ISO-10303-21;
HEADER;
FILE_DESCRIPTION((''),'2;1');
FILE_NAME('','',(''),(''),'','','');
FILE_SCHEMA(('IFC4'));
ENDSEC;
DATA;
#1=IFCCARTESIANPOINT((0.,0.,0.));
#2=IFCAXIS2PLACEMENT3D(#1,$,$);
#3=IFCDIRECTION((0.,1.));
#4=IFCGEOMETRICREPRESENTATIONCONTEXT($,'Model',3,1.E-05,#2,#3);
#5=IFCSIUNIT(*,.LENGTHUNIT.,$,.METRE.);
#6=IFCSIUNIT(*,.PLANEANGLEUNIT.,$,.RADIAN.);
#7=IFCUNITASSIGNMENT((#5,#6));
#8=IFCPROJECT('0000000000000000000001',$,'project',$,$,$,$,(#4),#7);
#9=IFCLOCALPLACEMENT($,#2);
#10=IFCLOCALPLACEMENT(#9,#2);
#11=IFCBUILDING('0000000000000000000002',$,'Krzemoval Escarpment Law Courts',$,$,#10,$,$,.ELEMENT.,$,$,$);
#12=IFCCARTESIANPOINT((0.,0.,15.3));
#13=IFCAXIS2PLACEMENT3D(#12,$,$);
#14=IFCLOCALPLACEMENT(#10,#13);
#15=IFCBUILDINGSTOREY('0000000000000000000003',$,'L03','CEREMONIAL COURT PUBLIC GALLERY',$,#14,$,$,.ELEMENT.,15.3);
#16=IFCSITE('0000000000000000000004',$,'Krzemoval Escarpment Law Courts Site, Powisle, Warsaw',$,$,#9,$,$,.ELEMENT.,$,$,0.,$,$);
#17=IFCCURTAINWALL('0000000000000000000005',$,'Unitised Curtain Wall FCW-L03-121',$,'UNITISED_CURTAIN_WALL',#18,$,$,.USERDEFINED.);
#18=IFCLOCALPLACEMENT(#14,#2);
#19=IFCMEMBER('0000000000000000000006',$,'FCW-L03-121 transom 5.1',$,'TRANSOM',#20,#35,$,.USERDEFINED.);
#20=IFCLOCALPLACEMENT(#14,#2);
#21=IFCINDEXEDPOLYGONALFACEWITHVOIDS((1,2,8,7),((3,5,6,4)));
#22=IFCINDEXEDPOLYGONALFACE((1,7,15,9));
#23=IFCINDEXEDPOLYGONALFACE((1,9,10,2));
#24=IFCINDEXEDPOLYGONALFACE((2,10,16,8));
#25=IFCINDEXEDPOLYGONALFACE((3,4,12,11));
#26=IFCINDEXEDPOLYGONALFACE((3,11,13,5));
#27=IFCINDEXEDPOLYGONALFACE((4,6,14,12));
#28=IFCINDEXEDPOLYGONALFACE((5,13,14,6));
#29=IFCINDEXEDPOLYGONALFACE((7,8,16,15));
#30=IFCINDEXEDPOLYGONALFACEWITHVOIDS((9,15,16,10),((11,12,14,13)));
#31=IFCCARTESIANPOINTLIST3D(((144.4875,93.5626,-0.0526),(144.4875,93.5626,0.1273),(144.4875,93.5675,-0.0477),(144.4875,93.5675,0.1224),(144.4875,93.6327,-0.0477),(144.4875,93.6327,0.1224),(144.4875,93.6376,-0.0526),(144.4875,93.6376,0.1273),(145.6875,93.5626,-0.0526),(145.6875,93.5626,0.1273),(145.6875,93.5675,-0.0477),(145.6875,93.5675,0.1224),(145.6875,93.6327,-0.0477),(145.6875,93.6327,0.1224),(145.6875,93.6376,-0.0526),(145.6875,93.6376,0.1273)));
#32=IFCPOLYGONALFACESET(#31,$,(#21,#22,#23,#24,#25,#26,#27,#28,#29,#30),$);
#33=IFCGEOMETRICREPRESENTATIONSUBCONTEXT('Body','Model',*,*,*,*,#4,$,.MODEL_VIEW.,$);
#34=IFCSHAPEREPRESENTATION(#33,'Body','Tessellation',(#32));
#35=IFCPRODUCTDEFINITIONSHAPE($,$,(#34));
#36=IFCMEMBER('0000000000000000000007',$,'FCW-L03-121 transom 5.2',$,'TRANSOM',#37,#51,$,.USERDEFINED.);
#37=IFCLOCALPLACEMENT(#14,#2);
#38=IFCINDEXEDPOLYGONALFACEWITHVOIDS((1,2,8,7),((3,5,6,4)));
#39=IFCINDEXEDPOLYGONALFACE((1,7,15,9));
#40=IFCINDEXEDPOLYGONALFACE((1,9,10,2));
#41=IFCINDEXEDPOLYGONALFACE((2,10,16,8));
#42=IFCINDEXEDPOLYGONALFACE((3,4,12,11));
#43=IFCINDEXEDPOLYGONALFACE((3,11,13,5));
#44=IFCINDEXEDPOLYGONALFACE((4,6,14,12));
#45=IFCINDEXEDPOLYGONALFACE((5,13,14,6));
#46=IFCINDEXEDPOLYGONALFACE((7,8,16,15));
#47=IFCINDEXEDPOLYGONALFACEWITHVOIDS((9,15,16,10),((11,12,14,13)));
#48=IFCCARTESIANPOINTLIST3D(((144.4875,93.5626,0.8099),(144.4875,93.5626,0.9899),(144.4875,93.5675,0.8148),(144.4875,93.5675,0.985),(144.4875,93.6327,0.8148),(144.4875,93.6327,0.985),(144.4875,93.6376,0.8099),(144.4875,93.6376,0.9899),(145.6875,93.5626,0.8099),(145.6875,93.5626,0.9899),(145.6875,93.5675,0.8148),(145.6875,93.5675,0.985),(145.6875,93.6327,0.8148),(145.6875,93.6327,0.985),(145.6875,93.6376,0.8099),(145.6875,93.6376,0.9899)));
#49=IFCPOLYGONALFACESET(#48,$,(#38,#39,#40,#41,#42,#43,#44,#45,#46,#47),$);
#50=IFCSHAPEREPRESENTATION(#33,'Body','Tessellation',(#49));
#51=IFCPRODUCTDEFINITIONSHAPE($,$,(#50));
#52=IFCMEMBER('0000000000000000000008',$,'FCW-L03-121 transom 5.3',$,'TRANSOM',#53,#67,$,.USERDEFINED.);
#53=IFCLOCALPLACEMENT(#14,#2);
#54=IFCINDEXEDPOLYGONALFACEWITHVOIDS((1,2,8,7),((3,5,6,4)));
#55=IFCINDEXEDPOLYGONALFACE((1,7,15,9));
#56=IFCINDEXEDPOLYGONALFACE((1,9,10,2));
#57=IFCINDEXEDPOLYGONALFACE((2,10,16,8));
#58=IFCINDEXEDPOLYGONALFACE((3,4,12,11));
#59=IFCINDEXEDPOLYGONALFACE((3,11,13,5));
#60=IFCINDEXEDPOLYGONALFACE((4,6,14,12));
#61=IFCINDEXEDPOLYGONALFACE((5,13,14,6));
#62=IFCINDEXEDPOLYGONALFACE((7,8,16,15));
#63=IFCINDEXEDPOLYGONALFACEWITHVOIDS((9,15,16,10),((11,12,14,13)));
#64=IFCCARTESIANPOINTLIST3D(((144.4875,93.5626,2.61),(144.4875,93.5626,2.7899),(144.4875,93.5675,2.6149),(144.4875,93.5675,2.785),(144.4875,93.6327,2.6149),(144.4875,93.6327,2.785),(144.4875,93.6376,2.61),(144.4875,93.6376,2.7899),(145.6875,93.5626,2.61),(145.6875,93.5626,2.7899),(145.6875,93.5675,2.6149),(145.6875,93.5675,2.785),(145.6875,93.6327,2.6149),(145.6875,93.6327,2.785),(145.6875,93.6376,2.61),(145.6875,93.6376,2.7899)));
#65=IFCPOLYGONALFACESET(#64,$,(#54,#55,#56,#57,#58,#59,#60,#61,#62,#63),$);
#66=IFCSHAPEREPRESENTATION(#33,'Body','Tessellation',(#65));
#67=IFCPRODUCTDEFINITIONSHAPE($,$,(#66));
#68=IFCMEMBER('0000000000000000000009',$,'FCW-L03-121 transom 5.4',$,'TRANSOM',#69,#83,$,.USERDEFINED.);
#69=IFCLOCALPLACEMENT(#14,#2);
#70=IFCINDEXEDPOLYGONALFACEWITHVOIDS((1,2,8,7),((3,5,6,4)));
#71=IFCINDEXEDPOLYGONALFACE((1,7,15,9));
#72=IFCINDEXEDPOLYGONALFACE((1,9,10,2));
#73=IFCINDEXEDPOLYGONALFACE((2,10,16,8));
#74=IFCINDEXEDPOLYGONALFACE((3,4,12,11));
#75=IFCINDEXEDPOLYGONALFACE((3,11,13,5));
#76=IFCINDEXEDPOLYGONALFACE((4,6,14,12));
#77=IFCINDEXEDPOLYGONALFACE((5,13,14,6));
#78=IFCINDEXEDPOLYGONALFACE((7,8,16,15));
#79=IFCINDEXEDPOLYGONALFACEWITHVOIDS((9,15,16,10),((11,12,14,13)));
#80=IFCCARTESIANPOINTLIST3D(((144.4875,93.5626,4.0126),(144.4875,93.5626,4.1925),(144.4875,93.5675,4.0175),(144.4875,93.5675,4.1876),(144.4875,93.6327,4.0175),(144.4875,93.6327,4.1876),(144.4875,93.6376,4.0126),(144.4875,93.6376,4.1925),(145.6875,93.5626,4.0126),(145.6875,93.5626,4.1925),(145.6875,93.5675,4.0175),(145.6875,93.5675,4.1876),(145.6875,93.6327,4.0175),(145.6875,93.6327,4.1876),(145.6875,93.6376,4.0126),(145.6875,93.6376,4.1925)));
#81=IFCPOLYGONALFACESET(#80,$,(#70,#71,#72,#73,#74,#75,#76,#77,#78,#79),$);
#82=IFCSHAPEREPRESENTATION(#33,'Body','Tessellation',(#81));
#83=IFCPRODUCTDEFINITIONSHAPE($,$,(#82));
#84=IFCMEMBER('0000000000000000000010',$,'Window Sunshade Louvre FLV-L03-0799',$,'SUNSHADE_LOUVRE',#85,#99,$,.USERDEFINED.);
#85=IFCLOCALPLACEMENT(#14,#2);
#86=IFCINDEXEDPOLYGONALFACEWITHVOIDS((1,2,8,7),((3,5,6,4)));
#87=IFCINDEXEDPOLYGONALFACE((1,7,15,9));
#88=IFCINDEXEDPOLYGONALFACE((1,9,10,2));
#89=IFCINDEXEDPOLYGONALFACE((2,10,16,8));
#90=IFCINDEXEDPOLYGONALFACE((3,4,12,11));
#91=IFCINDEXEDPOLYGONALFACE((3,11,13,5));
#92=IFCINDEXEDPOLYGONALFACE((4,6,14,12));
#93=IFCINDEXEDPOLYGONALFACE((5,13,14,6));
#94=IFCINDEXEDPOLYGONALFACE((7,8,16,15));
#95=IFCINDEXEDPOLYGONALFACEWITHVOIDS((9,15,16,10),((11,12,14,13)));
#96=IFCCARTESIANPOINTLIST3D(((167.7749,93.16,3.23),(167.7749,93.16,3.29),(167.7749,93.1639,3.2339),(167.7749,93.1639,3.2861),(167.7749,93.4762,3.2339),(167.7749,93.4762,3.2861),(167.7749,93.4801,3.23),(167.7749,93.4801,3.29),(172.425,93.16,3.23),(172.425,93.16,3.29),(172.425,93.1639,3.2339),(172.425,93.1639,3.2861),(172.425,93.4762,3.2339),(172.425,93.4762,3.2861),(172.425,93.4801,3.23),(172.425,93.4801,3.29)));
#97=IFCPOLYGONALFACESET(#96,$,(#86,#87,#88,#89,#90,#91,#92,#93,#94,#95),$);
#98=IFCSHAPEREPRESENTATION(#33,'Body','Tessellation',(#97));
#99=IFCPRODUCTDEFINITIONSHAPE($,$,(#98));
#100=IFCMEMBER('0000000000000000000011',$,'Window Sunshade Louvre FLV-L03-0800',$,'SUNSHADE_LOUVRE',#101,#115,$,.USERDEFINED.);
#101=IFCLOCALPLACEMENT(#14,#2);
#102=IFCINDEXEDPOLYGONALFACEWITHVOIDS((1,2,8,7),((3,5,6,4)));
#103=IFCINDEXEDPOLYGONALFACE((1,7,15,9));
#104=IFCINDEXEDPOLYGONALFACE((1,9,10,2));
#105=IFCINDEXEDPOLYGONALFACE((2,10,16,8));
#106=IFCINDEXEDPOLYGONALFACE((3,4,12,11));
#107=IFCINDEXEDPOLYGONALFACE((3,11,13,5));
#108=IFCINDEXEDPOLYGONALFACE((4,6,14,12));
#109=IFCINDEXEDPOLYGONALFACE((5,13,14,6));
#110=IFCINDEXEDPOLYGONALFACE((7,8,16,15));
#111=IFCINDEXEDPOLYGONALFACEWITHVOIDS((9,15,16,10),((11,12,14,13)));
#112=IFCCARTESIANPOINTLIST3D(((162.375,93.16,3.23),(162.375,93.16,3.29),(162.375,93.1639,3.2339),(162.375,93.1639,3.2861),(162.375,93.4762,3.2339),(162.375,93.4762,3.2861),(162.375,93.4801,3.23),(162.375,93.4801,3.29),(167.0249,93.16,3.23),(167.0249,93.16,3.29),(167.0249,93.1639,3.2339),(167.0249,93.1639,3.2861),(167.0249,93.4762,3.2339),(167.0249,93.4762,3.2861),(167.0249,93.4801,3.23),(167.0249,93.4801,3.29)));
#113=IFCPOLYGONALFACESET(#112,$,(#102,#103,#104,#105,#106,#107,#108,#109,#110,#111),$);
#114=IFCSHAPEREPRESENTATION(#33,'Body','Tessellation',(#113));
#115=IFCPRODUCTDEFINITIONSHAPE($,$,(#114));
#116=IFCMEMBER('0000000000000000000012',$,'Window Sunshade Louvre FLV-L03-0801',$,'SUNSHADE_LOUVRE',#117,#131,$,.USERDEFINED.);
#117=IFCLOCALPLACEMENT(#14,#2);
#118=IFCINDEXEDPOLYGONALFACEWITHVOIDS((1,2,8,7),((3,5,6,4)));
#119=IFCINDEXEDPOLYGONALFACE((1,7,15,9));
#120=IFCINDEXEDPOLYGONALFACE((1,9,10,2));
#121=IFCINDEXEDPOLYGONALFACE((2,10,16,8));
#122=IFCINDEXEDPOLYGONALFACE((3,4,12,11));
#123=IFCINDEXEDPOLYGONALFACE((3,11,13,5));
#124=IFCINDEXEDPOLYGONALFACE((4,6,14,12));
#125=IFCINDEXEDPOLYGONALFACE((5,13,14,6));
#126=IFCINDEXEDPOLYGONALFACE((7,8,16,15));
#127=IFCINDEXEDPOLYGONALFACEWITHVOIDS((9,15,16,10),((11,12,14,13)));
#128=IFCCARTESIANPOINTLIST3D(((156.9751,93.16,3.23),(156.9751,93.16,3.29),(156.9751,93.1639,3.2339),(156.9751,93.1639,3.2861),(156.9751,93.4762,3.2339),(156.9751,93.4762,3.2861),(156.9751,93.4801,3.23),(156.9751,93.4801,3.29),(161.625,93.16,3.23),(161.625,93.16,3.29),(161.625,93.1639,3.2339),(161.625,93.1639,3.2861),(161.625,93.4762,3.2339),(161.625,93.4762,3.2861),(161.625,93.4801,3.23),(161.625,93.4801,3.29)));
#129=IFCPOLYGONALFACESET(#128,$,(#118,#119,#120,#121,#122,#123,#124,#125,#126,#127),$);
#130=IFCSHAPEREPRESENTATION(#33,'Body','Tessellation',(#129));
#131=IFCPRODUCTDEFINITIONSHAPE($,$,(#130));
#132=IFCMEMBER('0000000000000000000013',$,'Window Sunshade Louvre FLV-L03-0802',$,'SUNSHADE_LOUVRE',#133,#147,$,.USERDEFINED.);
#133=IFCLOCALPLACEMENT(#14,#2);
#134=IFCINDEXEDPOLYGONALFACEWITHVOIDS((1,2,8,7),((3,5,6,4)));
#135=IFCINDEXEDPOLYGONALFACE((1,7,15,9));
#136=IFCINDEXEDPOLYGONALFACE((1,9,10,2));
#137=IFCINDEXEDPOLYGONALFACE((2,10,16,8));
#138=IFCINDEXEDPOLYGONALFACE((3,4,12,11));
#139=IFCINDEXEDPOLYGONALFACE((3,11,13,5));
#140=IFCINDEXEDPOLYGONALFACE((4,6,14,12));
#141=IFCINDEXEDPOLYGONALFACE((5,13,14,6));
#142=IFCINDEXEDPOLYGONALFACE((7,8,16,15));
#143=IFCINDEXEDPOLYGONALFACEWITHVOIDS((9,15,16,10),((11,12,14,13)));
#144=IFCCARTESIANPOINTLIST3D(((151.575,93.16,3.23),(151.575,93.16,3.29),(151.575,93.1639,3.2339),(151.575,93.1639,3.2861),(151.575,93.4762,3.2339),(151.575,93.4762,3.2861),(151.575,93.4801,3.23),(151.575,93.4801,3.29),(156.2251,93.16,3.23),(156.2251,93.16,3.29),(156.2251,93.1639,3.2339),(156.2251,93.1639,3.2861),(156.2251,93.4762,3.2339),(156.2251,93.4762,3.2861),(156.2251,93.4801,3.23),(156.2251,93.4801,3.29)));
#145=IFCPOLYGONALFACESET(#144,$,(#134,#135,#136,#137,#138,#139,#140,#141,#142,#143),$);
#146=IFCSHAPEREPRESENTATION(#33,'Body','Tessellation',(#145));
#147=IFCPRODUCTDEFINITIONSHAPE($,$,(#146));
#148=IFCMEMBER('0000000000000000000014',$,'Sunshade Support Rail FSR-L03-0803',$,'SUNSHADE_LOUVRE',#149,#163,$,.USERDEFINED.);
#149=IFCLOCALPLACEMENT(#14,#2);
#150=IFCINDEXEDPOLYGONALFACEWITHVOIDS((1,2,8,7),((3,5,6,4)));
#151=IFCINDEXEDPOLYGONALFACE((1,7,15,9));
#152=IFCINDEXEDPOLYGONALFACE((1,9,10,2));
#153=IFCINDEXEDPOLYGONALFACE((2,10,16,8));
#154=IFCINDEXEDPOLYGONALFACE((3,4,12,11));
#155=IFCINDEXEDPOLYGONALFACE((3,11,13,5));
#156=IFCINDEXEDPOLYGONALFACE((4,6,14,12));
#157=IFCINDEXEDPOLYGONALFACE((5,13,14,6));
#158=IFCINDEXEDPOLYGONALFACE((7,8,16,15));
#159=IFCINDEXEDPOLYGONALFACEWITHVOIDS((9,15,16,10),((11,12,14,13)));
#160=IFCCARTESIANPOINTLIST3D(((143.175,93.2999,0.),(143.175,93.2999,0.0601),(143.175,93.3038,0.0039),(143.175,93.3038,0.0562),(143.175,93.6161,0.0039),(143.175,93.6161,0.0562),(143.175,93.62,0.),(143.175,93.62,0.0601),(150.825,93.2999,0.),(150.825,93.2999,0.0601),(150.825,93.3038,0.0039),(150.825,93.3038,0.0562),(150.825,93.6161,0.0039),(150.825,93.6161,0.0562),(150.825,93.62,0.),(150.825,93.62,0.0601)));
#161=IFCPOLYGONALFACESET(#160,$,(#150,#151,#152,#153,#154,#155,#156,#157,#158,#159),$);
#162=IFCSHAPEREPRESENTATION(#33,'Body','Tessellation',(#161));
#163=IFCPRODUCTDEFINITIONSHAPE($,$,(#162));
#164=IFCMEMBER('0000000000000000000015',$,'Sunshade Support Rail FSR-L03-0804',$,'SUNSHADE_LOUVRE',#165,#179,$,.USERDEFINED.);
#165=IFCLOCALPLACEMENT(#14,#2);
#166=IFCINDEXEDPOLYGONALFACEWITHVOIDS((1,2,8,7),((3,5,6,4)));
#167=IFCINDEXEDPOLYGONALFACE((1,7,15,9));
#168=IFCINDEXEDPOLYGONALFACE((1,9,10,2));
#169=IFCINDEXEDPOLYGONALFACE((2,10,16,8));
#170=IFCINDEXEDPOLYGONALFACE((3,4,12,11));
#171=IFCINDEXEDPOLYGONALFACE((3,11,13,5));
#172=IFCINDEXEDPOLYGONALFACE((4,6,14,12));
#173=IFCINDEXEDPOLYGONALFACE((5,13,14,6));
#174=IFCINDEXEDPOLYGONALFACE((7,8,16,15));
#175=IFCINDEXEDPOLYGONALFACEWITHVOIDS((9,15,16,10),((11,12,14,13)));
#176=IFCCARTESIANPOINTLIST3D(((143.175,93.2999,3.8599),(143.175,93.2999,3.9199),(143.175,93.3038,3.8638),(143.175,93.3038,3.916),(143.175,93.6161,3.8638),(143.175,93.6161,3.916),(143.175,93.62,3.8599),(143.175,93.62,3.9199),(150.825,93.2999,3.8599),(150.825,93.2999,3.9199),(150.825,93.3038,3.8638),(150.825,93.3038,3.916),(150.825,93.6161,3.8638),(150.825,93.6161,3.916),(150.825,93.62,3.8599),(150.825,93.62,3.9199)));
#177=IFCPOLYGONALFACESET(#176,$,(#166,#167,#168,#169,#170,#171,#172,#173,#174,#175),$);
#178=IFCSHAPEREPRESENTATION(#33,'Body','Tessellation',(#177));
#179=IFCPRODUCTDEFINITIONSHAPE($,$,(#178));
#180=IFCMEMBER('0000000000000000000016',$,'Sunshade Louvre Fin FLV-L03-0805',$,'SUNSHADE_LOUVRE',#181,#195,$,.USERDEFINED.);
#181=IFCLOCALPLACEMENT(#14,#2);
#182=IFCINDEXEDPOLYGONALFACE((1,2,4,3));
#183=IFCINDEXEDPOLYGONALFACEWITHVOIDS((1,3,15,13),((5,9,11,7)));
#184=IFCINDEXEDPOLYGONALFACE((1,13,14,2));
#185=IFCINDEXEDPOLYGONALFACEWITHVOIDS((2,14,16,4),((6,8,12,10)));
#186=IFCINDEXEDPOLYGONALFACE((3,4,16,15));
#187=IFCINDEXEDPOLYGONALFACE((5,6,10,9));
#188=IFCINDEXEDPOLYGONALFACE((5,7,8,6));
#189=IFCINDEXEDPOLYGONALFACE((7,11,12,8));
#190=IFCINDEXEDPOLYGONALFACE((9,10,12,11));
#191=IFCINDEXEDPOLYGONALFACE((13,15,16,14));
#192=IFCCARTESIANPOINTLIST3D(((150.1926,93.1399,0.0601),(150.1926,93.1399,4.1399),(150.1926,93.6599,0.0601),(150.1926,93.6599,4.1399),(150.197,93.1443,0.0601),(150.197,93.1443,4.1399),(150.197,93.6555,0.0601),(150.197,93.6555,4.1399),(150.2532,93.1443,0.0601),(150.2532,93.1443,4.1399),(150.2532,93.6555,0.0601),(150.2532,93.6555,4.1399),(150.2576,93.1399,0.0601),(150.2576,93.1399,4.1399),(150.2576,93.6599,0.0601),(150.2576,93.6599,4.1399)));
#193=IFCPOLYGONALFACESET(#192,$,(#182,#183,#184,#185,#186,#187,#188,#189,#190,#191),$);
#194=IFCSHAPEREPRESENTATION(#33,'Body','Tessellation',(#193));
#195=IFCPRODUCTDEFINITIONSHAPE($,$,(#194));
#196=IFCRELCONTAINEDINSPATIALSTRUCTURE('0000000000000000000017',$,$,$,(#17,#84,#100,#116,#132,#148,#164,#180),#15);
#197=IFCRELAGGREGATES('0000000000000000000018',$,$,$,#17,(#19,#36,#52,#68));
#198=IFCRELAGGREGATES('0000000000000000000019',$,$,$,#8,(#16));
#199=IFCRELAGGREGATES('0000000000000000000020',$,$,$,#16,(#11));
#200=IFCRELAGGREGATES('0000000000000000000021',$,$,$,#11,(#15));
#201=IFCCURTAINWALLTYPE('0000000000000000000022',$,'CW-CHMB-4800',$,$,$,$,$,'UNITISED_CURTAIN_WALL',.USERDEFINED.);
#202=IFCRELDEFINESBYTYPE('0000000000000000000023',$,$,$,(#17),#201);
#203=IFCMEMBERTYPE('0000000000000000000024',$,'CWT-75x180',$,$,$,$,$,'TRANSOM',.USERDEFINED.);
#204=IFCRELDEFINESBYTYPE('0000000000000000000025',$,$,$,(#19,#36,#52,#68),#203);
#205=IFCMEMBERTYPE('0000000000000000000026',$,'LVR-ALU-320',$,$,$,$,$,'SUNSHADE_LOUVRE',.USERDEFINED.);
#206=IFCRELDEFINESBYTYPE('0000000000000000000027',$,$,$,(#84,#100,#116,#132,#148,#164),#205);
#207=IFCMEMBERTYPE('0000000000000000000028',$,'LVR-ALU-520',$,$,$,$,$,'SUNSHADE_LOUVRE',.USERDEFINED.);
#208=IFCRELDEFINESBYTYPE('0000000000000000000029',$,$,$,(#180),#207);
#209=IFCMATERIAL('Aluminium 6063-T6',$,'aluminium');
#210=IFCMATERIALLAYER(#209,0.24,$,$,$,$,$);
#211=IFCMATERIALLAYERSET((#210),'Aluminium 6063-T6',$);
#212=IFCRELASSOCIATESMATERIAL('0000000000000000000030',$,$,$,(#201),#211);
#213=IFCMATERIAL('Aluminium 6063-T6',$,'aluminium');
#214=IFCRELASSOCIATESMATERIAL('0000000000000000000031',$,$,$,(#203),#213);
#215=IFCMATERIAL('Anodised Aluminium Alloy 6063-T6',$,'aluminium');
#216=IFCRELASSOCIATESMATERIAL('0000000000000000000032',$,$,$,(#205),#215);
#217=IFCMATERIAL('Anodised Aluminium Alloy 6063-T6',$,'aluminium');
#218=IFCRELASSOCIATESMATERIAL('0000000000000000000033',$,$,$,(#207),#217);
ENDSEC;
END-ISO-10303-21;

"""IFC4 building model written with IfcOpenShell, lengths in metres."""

from ifc_helpers import new_model, si_unit, direction, frame, origin, origin_2d, place, context, subcontext, project, spatial, hollow_rectangle, extrude, material, layer, layer_set, material_profile, profile_set, type_object, element, aggregate, save


model = new_model("IFC4")

# Units and contexts
model_context = context("Model", 3, precision=1e-05, world=origin(), true_north=direction((0.0, 1.0)))
body_context = subcontext(model_context, "Body", "Model", "MODEL_VIEW")
ifc_project = project(units=[si_unit("LENGTHUNIT", "METRE"), si_unit("PLANEANGLEUNIT", "RADIAN")], contexts=[model_context])

# Site, building, storey
site_placement = place(None, origin())
site = spatial("IfcSite", under=ifc_project, at=site_placement, Name="Krzemoval Escarpment Law Courts Site, Powisle, Warsaw", CompositionType="ELEMENT", RefElevation=0.0)
building_placement = place(site_placement, origin())
building = spatial("IfcBuilding", under=site, at=building_placement, Name="Krzemoval Escarpment Law Courts", CompositionType="ELEMENT")
storey_placement = place(building_placement, frame((0.0, 0.0, 15.3)))
storey = spatial("IfcBuildingStorey", under=building, at=storey_placement, Name="L03", Description="CEREMONIAL COURT PUBLIC GALLERY", CompositionType="ELEMENT", Elevation=15.3)

# Curtain wall, members
ifc_material_1 = material(Name="Aluminium 6063-T6", Category="aluminium")
ifc_layer_1 = layer(ifc_material_1, 0.24)
ifc_layer_set_1 = layer_set([ifc_layer_1], Name="Aluminium 6063-T6")
curtain_wall_type = type_object("IfcCurtainWallType", Name="CW-CHMB-4800", ElementType="UNITISED_CURTAIN_WALL", PredefinedType="USERDEFINED", material=ifc_layer_set_1)
curtain_wall_placement = place(storey_placement, origin())
curtain_wall = element("IfcCurtainWall", 1, at=curtain_wall_placement, inside=storey, type_object=curtain_wall_type, Name="Unitised Curtain Wall FCW-L03-121", ObjectType="UNITISED_CURTAIN_WALL", PredefinedType="USERDEFINED")
ifc_material_2 = material(Name="Aluminium 6063-T6", Category="aluminium")
ifc_material_profile_1 = material_profile(ifc_material_2, hollow_rectangle(XDim=0.075, YDim=0.1799, WallThickness=0.0049, at=origin_2d()), Name="ALU T75x180")
ifc_profile_set_1 = profile_set([ifc_material_profile_1], Name="Aluminium 6063-T6")
member_type_1 = type_object("IfcMemberType", Name="CWT-75x180", ElementType="TRANSOM", PredefinedType="USERDEFINED", material=ifc_profile_set_1)
member_1_placement = place(storey_placement, frame((145.6875, 93.6001, 0.0374), z_axis=(-1.0, 0.0, 0.0), x_axis=(0.0, -1.0, 0.0)))
member_1 = element("IfcMember", 2, at=member_1_placement, type_object=member_type_1, Name="FCW-L03-121 transom 5.1", ObjectType="TRANSOM", PredefinedType="USERDEFINED", context=body_context, shape_type="SweptSolid", body=[
    extrude(hollow_rectangle(XDim=0.075, YDim=0.1799, WallThickness=0.0049, at=origin_2d()), origin(), (0.0, 0.0, 1.0), 1.2),
])
member_2_placement = place(storey_placement, frame((145.6875, 93.6001, 0.8999), z_axis=(-1.0, 0.0, 0.0), x_axis=(0.0, -1.0, 0.0)))
member_2 = element("IfcMember", 3, at=member_2_placement, type_object=member_type_1, Name="FCW-L03-121 transom 5.2", ObjectType="TRANSOM", PredefinedType="USERDEFINED", context=body_context, shape_type="SweptSolid", body=[
    extrude(hollow_rectangle(XDim=0.075, YDim=0.1799, WallThickness=0.0049, at=origin_2d()), origin(), (0.0, 0.0, 1.0), 1.2),
])
member_3_placement = place(storey_placement, frame((145.6875, 93.6001, 2.7), z_axis=(-1.0, 0.0, 0.0), x_axis=(0.0, -1.0, 0.0)))
member_3 = element("IfcMember", 4, at=member_3_placement, type_object=member_type_1, Name="FCW-L03-121 transom 5.3", ObjectType="TRANSOM", PredefinedType="USERDEFINED", context=body_context, shape_type="SweptSolid", body=[
    extrude(hollow_rectangle(XDim=0.075, YDim=0.1799, WallThickness=0.0049, at=origin_2d()), origin(), (0.0, 0.0, 1.0), 1.2),
])
member_4_placement = place(storey_placement, frame((145.6875, 93.6001, 4.1025), z_axis=(-1.0, 0.0, 0.0), x_axis=(0.0, -1.0, 0.0)))
member_4 = element("IfcMember", 5, at=member_4_placement, type_object=member_type_1, Name="FCW-L03-121 transom 5.4", ObjectType="TRANSOM", PredefinedType="USERDEFINED", context=body_context, shape_type="SweptSolid", body=[
    extrude(hollow_rectangle(XDim=0.075, YDim=0.1799, WallThickness=0.0049, at=origin_2d()), origin(), (0.0, 0.0, 1.0), 1.2),
])

# Members
ifc_material_3 = material(Name="Anodised Aluminium Alloy 6063-T6", Category="aluminium")
ifc_material_profile_2 = material_profile(ifc_material_3, hollow_rectangle(XDim=0.0601, YDim=0.3201, WallThickness=0.0039, at=origin_2d()), Name="ALU LVR 60x320")
ifc_profile_set_2 = profile_set([ifc_material_profile_2], Name="Anodised Aluminium Alloy 6063-T6")
member_type_2 = type_object("IfcMemberType", Name="LVR-ALU-320", ElementType="SUNSHADE_LOUVRE", PredefinedType="USERDEFINED", material=ifc_profile_set_2)
member_5_placement = place(storey_placement, frame((172.425, 93.3201, 3.26), z_axis=(-1.0, 0.0, 0.0), x_axis=(0.0, 0.0, 1.0)))
element("IfcMember", 6, at=member_5_placement, inside=storey, type_object=member_type_2, Name="Window Sunshade Louvre FLV-L03-0799", ObjectType="SUNSHADE_LOUVRE", PredefinedType="USERDEFINED", context=body_context, shape_type="SweptSolid", body=[
    extrude(hollow_rectangle(XDim=0.0601, YDim=0.3201, WallThickness=0.0039, at=origin_2d()), origin(), (0.0, 0.0, 1.0), 4.6501),
])
for number, where, z_axis, x_axis, name in (
    (7, (167.0249, 93.3201, 3.26), (-1.0, 0.0, 0.0), (0.0, 0.0, 1.0), "Window Sunshade Louvre FLV-L03-0800"),
    (8, (161.625, 93.3201, 3.26), (-1.0, 0.0, 0.0), (0.0, 0.0, 1.0), "Window Sunshade Louvre FLV-L03-0801"),
):
    element("IfcMember", number, at=place(storey_placement, frame(where, z_axis=z_axis, x_axis=x_axis)), inside=storey, type_object=member_type_2, Name=name, ObjectType="SUNSHADE_LOUVRE", PredefinedType="USERDEFINED", context=body_context, shape_type="SweptSolid", body=[
        extrude(hollow_rectangle(XDim=0.0601, YDim=0.3201, WallThickness=0.0039, at=origin_2d()), origin(), (0.0, 0.0, 1.0), 4.6499),
    ])
member_6_placement = place(storey_placement, frame((156.2251, 93.3201, 3.26), z_axis=(-1.0, 0.0, 0.0), x_axis=(0.0, 0.0, 1.0)))
element("IfcMember", 9, at=member_6_placement, inside=storey, type_object=member_type_2, Name="Window Sunshade Louvre FLV-L03-0802", ObjectType="SUNSHADE_LOUVRE", PredefinedType="USERDEFINED", context=body_context, shape_type="SweptSolid", body=[
    extrude(hollow_rectangle(XDim=0.0601, YDim=0.3201, WallThickness=0.0039, at=origin_2d()), origin(), (0.0, 0.0, 1.0), 4.6501),
])
for number, where, z_axis, x_axis, name in (
    (10, (150.825, 93.46, 0.03), (-1.0, 0.0, 0.0), (0.0, 0.0, 1.0), "Sunshade Support Rail FSR-L03-0803"),
    (11, (150.825, 93.46, 3.8899), (-1.0, 0.0, 0.0), (0.0, 0.0, 1.0), "Sunshade Support Rail FSR-L03-0804"),
):
    element("IfcMember", number, at=place(storey_placement, frame(where, z_axis=z_axis, x_axis=x_axis)), inside=storey, type_object=member_type_2, Name=name, ObjectType="SUNSHADE_LOUVRE", PredefinedType="USERDEFINED", context=body_context, shape_type="SweptSolid", body=[
        extrude(hollow_rectangle(XDim=0.0601, YDim=0.3201, WallThickness=0.0039, at=origin_2d()), origin(), (0.0, 0.0, 1.0), 7.6499),
    ])
ifc_material_4 = material(Name="Anodised Aluminium Alloy 6063-T6", Category="aluminium")
ifc_material_profile_3 = material_profile(ifc_material_4, hollow_rectangle(XDim=0.0649, YDim=0.52, WallThickness=0.0044, at=origin_2d()), Name="ALU LVR 65x520")
ifc_profile_set_3 = profile_set([ifc_material_profile_3], Name="Anodised Aluminium Alloy 6063-T6")
member_type_3 = type_object("IfcMemberType", Name="LVR-ALU-520", ElementType="SUNSHADE_LOUVRE", PredefinedType="USERDEFINED", material=ifc_profile_set_3)
for number, where, z_axis, x_axis, name in (
    (12, (150.2251, 93.3999, 0.0601), (0.0, 0.0, 1.0), (1.0, 0.0, 0.0), "Sunshade Louvre Fin FLV-L03-0805"),
):
    element("IfcMember", number, at=place(storey_placement, frame(where, z_axis=z_axis, x_axis=x_axis)), inside=storey, type_object=member_type_3, Name=name, ObjectType="SUNSHADE_LOUVRE", PredefinedType="USERDEFINED", context=body_context, shape_type="SweptSolid", body=[
        extrude(hollow_rectangle(XDim=0.0649, YDim=0.52, WallThickness=0.0044, at=origin_2d()), origin(), (0.0, 0.0, 1.0), 4.0798),
    ])

aggregate(curtain_wall, [member_1, member_2, member_3, member_4])

save(model, "model.ifc")
